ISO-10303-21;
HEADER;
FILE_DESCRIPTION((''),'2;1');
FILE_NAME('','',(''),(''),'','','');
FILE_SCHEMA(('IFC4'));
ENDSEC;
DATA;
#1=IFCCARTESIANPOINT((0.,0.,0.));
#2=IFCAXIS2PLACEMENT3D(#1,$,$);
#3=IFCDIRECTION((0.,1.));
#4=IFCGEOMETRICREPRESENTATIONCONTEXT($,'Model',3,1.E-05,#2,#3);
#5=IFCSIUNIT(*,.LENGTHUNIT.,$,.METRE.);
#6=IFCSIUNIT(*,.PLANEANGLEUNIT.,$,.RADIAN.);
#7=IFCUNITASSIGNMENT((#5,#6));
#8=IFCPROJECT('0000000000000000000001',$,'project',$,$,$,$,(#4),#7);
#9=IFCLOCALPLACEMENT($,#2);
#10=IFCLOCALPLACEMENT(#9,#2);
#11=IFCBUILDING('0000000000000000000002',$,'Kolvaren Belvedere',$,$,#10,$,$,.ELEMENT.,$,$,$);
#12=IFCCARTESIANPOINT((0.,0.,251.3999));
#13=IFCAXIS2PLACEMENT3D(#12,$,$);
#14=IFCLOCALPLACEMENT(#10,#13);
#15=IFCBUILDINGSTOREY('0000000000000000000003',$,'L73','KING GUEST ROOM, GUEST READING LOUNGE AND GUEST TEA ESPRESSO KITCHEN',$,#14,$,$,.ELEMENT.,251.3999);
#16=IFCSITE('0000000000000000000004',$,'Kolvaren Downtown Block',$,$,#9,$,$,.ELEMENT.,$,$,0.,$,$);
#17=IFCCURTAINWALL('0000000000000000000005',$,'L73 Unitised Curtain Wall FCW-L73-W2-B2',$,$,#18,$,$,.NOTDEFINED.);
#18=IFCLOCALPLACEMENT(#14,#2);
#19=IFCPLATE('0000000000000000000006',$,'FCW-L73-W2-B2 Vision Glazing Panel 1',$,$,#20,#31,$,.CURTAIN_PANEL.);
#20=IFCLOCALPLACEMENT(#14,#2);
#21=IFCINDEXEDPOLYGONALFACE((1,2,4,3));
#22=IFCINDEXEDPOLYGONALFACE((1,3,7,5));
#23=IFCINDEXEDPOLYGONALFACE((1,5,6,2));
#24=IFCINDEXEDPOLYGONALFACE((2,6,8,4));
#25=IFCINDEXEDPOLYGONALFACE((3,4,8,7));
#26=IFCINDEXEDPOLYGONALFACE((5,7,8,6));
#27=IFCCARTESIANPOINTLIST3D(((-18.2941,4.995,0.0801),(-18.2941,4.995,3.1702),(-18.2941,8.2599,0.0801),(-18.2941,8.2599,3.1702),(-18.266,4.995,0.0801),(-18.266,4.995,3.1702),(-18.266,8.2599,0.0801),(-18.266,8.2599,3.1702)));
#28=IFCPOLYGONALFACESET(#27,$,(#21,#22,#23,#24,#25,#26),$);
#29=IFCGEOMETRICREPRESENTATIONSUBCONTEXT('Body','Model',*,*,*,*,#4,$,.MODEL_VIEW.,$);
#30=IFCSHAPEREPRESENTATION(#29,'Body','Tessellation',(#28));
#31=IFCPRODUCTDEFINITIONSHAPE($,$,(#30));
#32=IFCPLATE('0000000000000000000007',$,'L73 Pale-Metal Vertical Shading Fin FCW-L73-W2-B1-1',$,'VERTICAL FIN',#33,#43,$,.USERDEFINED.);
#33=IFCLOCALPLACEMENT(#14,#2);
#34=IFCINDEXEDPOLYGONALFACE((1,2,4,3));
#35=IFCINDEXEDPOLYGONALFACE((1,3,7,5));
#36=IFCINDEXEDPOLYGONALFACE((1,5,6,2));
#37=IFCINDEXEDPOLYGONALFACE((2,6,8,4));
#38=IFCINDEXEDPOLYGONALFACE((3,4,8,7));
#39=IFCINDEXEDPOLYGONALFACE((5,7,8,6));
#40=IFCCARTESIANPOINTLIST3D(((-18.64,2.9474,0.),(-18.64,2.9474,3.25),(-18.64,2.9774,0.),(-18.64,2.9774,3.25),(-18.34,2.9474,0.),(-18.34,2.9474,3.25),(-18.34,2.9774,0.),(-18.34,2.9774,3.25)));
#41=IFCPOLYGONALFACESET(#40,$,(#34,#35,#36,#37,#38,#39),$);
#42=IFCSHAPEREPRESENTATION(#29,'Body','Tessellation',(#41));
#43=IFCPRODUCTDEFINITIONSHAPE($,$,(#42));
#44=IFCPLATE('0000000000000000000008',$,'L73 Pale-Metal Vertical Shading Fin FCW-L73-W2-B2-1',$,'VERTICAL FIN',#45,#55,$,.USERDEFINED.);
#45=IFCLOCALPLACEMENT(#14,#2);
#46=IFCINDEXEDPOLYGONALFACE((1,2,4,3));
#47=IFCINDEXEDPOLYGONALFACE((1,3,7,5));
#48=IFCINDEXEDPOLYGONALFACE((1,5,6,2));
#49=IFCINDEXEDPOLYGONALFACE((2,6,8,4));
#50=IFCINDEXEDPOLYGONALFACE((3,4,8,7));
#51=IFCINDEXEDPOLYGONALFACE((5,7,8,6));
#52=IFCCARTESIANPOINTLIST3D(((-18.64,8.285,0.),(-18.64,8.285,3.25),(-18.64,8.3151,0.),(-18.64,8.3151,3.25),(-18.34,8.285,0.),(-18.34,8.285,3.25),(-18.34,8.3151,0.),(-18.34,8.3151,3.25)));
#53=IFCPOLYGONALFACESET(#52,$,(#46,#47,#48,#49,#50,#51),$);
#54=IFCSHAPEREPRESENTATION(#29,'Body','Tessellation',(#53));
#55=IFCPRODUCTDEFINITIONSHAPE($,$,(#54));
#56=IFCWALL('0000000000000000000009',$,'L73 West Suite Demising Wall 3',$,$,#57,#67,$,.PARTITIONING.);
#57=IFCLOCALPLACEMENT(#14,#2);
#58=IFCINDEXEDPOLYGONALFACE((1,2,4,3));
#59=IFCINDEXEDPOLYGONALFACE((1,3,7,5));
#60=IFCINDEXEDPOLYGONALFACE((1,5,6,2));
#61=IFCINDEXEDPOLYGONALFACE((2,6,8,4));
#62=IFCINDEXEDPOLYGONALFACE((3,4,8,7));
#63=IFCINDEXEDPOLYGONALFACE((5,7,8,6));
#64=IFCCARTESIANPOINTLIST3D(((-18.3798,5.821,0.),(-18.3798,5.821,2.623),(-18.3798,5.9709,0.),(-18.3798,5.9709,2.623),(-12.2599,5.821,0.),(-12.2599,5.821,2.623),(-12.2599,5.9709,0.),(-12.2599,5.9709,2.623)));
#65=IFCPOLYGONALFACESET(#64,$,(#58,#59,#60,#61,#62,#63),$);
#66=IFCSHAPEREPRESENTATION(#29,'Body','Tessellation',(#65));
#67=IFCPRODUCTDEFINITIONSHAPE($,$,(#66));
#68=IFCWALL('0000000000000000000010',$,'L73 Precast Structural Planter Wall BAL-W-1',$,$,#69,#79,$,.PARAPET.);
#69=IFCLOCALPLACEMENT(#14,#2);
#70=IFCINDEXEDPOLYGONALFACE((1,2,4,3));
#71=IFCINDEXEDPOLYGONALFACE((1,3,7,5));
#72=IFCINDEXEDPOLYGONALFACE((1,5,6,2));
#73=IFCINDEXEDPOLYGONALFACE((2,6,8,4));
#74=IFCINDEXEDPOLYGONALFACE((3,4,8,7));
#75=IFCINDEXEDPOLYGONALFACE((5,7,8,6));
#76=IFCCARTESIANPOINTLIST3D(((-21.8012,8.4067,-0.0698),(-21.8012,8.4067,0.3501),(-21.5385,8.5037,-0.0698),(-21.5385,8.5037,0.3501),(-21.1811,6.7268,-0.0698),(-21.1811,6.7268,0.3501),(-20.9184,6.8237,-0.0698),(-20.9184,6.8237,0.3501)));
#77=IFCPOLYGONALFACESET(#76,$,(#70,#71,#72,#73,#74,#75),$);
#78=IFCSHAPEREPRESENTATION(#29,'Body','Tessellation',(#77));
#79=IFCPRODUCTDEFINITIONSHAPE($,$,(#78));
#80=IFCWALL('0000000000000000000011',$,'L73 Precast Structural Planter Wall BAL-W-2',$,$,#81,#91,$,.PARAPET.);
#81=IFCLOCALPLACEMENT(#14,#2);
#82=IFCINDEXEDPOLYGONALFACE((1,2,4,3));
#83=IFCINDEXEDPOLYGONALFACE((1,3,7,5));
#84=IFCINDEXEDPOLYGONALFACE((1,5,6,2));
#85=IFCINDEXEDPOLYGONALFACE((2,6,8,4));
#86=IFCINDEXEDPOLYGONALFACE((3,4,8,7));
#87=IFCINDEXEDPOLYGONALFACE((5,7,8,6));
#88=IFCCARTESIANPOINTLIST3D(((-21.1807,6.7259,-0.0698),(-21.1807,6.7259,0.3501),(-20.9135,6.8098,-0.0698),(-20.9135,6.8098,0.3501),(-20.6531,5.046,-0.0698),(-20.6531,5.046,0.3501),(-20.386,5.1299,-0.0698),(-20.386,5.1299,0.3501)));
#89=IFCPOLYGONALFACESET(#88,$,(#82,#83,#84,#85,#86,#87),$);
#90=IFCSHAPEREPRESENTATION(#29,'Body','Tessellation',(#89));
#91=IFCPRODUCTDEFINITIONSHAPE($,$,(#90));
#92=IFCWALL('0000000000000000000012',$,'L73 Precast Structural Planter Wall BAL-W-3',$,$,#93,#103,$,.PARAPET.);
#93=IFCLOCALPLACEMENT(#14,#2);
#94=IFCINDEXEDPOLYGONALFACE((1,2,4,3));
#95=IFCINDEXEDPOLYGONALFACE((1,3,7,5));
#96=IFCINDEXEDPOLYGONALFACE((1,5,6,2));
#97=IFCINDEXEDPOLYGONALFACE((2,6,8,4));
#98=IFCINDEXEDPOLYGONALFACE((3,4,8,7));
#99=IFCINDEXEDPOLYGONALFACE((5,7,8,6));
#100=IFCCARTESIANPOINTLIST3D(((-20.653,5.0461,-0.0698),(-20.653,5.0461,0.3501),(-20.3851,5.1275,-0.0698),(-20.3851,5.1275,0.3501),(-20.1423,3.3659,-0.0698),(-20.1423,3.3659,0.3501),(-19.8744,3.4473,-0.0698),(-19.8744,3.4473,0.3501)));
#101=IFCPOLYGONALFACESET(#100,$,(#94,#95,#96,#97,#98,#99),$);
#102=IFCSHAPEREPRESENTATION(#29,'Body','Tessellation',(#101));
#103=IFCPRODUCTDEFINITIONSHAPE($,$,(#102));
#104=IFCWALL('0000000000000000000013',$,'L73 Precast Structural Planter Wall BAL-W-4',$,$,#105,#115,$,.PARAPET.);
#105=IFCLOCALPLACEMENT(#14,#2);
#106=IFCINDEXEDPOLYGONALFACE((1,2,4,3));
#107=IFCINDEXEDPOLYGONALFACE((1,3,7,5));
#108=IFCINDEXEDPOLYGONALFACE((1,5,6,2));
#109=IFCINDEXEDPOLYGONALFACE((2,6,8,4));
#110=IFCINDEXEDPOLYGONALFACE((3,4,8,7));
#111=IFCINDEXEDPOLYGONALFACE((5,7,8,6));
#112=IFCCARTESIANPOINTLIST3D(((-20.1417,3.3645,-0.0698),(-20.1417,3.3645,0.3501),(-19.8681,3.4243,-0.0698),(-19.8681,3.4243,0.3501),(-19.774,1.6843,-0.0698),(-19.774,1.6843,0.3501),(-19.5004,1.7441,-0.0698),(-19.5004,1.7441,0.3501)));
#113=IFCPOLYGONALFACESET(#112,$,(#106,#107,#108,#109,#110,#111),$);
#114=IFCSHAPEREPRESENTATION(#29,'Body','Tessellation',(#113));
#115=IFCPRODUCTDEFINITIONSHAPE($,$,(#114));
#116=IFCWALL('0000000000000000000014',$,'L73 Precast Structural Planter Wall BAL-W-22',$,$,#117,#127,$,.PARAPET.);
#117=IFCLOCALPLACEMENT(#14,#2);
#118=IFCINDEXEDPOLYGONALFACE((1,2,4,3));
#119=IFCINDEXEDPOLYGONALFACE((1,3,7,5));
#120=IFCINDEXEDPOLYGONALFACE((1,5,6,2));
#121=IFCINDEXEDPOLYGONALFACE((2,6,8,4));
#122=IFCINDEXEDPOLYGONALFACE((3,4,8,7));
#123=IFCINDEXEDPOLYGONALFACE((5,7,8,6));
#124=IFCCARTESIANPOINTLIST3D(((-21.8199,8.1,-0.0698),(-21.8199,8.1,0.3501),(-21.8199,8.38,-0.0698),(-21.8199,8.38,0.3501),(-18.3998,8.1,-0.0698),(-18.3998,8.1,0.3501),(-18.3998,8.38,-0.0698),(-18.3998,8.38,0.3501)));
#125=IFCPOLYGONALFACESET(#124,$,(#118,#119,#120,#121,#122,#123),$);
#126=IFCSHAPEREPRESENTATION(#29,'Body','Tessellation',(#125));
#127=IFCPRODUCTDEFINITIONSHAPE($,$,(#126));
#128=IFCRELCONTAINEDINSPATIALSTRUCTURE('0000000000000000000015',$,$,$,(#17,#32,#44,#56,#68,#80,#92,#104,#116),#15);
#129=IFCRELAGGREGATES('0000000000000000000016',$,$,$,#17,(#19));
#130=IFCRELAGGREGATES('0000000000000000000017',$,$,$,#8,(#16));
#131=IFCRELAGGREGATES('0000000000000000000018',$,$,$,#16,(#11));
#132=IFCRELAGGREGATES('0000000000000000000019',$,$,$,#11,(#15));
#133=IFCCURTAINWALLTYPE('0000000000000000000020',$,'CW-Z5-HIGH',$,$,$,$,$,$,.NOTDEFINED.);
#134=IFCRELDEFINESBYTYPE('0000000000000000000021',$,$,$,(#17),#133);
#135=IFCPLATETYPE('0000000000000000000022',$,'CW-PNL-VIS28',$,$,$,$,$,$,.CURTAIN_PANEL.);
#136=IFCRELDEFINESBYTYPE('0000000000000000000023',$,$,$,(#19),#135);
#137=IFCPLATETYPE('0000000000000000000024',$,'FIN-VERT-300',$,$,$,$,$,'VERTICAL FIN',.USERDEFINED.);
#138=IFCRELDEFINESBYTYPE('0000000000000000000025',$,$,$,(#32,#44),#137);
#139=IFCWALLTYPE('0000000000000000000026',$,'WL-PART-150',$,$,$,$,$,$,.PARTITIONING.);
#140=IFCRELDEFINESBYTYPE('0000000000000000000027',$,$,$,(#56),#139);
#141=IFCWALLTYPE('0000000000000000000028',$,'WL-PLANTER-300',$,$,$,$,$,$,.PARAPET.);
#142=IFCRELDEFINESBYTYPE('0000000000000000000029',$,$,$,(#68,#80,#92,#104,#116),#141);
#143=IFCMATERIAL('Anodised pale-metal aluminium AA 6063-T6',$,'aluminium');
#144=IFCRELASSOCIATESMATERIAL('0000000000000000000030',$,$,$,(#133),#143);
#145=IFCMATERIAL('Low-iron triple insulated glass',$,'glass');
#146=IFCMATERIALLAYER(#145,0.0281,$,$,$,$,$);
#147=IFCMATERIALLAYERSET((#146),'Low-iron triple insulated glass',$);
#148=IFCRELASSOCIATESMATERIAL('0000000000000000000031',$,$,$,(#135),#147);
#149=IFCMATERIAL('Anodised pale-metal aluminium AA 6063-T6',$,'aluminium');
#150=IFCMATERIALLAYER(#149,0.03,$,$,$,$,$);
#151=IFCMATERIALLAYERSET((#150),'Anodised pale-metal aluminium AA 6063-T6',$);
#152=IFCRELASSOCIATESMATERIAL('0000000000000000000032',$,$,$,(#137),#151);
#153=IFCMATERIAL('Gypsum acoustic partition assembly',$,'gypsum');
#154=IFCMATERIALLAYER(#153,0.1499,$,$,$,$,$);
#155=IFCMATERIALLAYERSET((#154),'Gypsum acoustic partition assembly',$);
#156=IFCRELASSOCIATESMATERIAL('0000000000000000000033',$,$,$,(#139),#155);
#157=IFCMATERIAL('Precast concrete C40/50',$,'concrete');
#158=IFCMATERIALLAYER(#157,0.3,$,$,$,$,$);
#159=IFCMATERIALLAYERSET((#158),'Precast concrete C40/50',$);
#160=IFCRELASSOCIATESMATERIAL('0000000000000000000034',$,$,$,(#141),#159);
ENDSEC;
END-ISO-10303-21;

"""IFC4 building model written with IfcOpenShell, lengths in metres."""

from ifc_helpers import new_model, si_unit, direction, frame, frame_2d, origin, origin_2d, place, context, subcontext, project, spatial, rectangle, extrude, material, layer, layer_set, type_object, element, aggregate, save


model = new_model("IFC4")

# Units and contexts
model_context = context("Model", 3, precision=1e-05, world=origin(), true_north=direction((0.0, 1.0)))
body_context = subcontext(model_context, "Body", "Model", "MODEL_VIEW")
ifc_project = project(units=[si_unit("LENGTHUNIT", "METRE"), si_unit("PLANEANGLEUNIT", "RADIAN")], contexts=[model_context])

# Site, building, storey
site_placement = place(None, origin())
site = spatial("IfcSite", under=ifc_project, at=site_placement, Name="Kolvaren Downtown Block", CompositionType="ELEMENT", RefElevation=0.0)
building_placement = place(site_placement, origin())
building = spatial("IfcBuilding", under=site, at=building_placement, Name="Kolvaren Belvedere", CompositionType="ELEMENT")
storey_placement = place(building_placement, frame((0.0, 0.0, 251.3999)))
storey = spatial("IfcBuildingStorey", under=building, at=storey_placement, Name="L73", Description="KING GUEST ROOM, GUEST READING LOUNGE AND GUEST TEA ESPRESSO KITCHEN", CompositionType="ELEMENT", Elevation=251.3999)

# Shared definitions
ifc_material_1 = material(Name="Anodised pale-metal aluminium AA 6063-T6", Category="aluminium")
curtain_wall_type = type_object("IfcCurtainWallType", Name="CW-Z5-HIGH", PredefinedType="NOTDEFINED", material=ifc_material_1)

# Curtain wall
curtain_wall_1_placement = place(storey_placement, origin())
curtain_wall_1 = element("IfcCurtainWall", 1, at=curtain_wall_1_placement, inside=storey, type_object=curtain_wall_type, Name="L73 Unitised Curtain Wall FCW-L73-W2-B2", PredefinedType="NOTDEFINED")

# Plate
ifc_material_2 = material(Name="Low-iron triple insulated glass", Category="glass")
ifc_layer_1 = layer(ifc_material_2, 0.0281)
ifc_layer_set_1 = layer_set([ifc_layer_1], Name="Low-iron triple insulated glass")
plate_type_1 = type_object("IfcPlateType", Name="CW-PNL-VIS28", PredefinedType="CURTAIN_PANEL", material=ifc_layer_set_1)
plate_1_placement = place(storey_placement, frame((-18.28, 6.6274, 0.0801), z_axis=(0.0, 0.0, 1.0), x_axis=(0.0, 1.0, 0.0)))
plate_1 = element("IfcPlate", 2, at=plate_1_placement, type_object=plate_type_1, Name="FCW-L73-W2-B2 Vision Glazing Panel 1", PredefinedType="CURTAIN_PANEL", context=body_context, shape_type="SweptSolid", body=[
    extrude(rectangle(XDim=3.2649, YDim=0.0281, at=origin_2d()), origin(), (0.0, 0.0, 1.0), 3.0901),
])
aggregate(curtain_wall_1, [plate_1])

# Plates
ifc_material_3 = material(Name="Anodised pale-metal aluminium AA 6063-T6", Category="aluminium")
ifc_layer_2 = layer(ifc_material_3, 0.03)
ifc_layer_set_2 = layer_set([ifc_layer_2], Name="Anodised pale-metal aluminium AA 6063-T6")
plate_type_2 = type_object("IfcPlateType", Name="FIN-VERT-300", ElementType="VERTICAL FIN", PredefinedType="USERDEFINED", material=ifc_layer_set_2)
for number, where, z_axis, x_axis, name in (
    (3, (-18.49, 2.9624, 0.0), (0.0, 0.0, 1.0), (1.0, 0.0, 0.0), "L73 Pale-Metal Vertical Shading Fin FCW-L73-W2-B1-1"),
    (4, (-18.49, 8.3, 0.0), (0.0, 0.0, 1.0), (1.0, 0.0, 0.0), "L73 Pale-Metal Vertical Shading Fin FCW-L73-W2-B2-1"),
):
    element("IfcPlate", number, at=place(storey_placement, frame(where, z_axis=z_axis, x_axis=x_axis)), inside=storey, type_object=plate_type_2, Name=name, ObjectType="VERTICAL FIN", PredefinedType="USERDEFINED", context=body_context, shape_type="SweptSolid", body=[
        extrude(rectangle(XDim=0.3, YDim=0.03, at=origin_2d()), origin(), (0.0, 0.0, 1.0), 3.25),
    ])

# Walls
ifc_material_4 = material(Name="Gypsum acoustic partition assembly", Category="gypsum")
ifc_layer_3 = layer(ifc_material_4, 0.1499)
ifc_layer_set_3 = layer_set([ifc_layer_3], Name="Gypsum acoustic partition assembly")
wall_type_1 = type_object("IfcWallType", Name="WL-PART-150", PredefinedType="PARTITIONING", material=ifc_layer_set_3)
wall_1_placement = place(storey_placement, frame((-18.3799, 5.896, 0.0), z_axis=(0.0, 0.0, 1.0), x_axis=(1.0, 0.0, 0.0)))
element("IfcWall", 5, at=wall_1_placement, inside=storey, type_object=wall_type_1, Name="L73 West Suite Demising Wall 3", PredefinedType="PARTITIONING", context=body_context, shape_type="SweptSolid", body=[
    extrude(rectangle(XDim=6.1199, YDim=0.1499, at=frame_2d((3.0601, 0.0))), origin(), (0.0, 0.0, 1.0), 2.623),
])
ifc_material_5 = material(Name="Precast concrete C40/50", Category="concrete")
ifc_layer_4 = layer(ifc_material_5, 0.3)
ifc_layer_set_4 = layer_set([ifc_layer_4], Name="Precast concrete C40/50")
wall_type_2 = type_object("IfcWallType", Name="WL-PLANTER-300", PredefinedType="PARAPET", material=ifc_layer_set_4)
wall_2_placement = place(storey_placement, frame((-21.6699, 8.4553, -0.0698), z_axis=(0.0, 0.0, 1.0), x_axis=(0.346293, -0.938126, 0.0)))
element("IfcWall", 6, at=wall_2_placement, inside=storey, type_object=wall_type_2, Name="L73 Precast Structural Planter Wall BAL-W-1", PredefinedType="PARAPET", context=body_context, shape_type="SweptSolid", body=[
    extrude(rectangle(XDim=1.7908, YDim=0.28, at=frame_2d((0.8955, 0.0))), origin(), (0.0, 0.0, 1.0), 0.4199),
])
wall_3_placement = place(storey_placement, frame((-21.0471, 6.7678, -0.0698), z_axis=(0.0, 0.0, 1.0), x_axis=(0.299625, -0.954057, 0.0)))
element("IfcWall", 7, at=wall_3_placement, inside=storey, type_object=wall_type_2, Name="L73 Precast Structural Planter Wall BAL-W-2", PredefinedType="PARAPET", context=body_context, shape_type="SweptSolid", body=[
    extrude(rectangle(XDim=1.7607, YDim=0.28, at=frame_2d((0.8804, 0.0))), origin(), (0.0, 0.0, 1.0), 0.4199),
])
wall_4_placement = place(storey_placement, frame((-20.519, 5.0867, -0.0698), z_axis=(0.0, 0.0, 1.0), x_axis=(0.290841, -0.956771, 0.0)))
element("IfcWall", 8, at=wall_4_placement, inside=storey, type_object=wall_type_2, Name="L73 Precast Structural Planter Wall BAL-W-3", PredefinedType="PARAPET", context=body_context, shape_type="SweptSolid", body=[
    extrude(rectangle(XDim=1.7561, YDim=0.28, at=frame_2d((0.8779, 0.0))), origin(), (0.0, 0.0, 1.0), 0.4199),
])
wall_5_placement = place(storey_placement, frame((-20.0049, 3.3943, -0.0698), z_axis=(0.0, 0.0, 1.0), x_axis=(0.213773, -0.976883, 0.0)))
element("IfcWall", 9, at=wall_5_placement, inside=storey, type_object=wall_type_2, Name="L73 Precast Structural Planter Wall BAL-W-4", PredefinedType="PARAPET", context=body_context, shape_type="SweptSolid", body=[
    extrude(rectangle(XDim=1.72, YDim=0.28, at=frame_2d((0.8599, 0.0))), origin(), (0.0, 0.0, 1.0), 0.4199),
])
wall_6_placement = place(storey_placement, frame((-18.3999, 8.24, -0.0698), z_axis=(0.0, 0.0, 1.0), x_axis=(-1.0, 0.0, 0.0)))
element("IfcWall", 10, at=wall_6_placement, inside=storey, type_object=wall_type_2, Name="L73 Precast Structural Planter Wall BAL-W-22", PredefinedType="PARAPET", context=body_context, shape_type="SweptSolid", body=[
    extrude(rectangle(XDim=3.4202, YDim=0.28, at=frame_2d((1.71, 0.0))), origin(), (0.0, 0.0, 1.0), 0.4199),
])

save(model, "model.ifc")
